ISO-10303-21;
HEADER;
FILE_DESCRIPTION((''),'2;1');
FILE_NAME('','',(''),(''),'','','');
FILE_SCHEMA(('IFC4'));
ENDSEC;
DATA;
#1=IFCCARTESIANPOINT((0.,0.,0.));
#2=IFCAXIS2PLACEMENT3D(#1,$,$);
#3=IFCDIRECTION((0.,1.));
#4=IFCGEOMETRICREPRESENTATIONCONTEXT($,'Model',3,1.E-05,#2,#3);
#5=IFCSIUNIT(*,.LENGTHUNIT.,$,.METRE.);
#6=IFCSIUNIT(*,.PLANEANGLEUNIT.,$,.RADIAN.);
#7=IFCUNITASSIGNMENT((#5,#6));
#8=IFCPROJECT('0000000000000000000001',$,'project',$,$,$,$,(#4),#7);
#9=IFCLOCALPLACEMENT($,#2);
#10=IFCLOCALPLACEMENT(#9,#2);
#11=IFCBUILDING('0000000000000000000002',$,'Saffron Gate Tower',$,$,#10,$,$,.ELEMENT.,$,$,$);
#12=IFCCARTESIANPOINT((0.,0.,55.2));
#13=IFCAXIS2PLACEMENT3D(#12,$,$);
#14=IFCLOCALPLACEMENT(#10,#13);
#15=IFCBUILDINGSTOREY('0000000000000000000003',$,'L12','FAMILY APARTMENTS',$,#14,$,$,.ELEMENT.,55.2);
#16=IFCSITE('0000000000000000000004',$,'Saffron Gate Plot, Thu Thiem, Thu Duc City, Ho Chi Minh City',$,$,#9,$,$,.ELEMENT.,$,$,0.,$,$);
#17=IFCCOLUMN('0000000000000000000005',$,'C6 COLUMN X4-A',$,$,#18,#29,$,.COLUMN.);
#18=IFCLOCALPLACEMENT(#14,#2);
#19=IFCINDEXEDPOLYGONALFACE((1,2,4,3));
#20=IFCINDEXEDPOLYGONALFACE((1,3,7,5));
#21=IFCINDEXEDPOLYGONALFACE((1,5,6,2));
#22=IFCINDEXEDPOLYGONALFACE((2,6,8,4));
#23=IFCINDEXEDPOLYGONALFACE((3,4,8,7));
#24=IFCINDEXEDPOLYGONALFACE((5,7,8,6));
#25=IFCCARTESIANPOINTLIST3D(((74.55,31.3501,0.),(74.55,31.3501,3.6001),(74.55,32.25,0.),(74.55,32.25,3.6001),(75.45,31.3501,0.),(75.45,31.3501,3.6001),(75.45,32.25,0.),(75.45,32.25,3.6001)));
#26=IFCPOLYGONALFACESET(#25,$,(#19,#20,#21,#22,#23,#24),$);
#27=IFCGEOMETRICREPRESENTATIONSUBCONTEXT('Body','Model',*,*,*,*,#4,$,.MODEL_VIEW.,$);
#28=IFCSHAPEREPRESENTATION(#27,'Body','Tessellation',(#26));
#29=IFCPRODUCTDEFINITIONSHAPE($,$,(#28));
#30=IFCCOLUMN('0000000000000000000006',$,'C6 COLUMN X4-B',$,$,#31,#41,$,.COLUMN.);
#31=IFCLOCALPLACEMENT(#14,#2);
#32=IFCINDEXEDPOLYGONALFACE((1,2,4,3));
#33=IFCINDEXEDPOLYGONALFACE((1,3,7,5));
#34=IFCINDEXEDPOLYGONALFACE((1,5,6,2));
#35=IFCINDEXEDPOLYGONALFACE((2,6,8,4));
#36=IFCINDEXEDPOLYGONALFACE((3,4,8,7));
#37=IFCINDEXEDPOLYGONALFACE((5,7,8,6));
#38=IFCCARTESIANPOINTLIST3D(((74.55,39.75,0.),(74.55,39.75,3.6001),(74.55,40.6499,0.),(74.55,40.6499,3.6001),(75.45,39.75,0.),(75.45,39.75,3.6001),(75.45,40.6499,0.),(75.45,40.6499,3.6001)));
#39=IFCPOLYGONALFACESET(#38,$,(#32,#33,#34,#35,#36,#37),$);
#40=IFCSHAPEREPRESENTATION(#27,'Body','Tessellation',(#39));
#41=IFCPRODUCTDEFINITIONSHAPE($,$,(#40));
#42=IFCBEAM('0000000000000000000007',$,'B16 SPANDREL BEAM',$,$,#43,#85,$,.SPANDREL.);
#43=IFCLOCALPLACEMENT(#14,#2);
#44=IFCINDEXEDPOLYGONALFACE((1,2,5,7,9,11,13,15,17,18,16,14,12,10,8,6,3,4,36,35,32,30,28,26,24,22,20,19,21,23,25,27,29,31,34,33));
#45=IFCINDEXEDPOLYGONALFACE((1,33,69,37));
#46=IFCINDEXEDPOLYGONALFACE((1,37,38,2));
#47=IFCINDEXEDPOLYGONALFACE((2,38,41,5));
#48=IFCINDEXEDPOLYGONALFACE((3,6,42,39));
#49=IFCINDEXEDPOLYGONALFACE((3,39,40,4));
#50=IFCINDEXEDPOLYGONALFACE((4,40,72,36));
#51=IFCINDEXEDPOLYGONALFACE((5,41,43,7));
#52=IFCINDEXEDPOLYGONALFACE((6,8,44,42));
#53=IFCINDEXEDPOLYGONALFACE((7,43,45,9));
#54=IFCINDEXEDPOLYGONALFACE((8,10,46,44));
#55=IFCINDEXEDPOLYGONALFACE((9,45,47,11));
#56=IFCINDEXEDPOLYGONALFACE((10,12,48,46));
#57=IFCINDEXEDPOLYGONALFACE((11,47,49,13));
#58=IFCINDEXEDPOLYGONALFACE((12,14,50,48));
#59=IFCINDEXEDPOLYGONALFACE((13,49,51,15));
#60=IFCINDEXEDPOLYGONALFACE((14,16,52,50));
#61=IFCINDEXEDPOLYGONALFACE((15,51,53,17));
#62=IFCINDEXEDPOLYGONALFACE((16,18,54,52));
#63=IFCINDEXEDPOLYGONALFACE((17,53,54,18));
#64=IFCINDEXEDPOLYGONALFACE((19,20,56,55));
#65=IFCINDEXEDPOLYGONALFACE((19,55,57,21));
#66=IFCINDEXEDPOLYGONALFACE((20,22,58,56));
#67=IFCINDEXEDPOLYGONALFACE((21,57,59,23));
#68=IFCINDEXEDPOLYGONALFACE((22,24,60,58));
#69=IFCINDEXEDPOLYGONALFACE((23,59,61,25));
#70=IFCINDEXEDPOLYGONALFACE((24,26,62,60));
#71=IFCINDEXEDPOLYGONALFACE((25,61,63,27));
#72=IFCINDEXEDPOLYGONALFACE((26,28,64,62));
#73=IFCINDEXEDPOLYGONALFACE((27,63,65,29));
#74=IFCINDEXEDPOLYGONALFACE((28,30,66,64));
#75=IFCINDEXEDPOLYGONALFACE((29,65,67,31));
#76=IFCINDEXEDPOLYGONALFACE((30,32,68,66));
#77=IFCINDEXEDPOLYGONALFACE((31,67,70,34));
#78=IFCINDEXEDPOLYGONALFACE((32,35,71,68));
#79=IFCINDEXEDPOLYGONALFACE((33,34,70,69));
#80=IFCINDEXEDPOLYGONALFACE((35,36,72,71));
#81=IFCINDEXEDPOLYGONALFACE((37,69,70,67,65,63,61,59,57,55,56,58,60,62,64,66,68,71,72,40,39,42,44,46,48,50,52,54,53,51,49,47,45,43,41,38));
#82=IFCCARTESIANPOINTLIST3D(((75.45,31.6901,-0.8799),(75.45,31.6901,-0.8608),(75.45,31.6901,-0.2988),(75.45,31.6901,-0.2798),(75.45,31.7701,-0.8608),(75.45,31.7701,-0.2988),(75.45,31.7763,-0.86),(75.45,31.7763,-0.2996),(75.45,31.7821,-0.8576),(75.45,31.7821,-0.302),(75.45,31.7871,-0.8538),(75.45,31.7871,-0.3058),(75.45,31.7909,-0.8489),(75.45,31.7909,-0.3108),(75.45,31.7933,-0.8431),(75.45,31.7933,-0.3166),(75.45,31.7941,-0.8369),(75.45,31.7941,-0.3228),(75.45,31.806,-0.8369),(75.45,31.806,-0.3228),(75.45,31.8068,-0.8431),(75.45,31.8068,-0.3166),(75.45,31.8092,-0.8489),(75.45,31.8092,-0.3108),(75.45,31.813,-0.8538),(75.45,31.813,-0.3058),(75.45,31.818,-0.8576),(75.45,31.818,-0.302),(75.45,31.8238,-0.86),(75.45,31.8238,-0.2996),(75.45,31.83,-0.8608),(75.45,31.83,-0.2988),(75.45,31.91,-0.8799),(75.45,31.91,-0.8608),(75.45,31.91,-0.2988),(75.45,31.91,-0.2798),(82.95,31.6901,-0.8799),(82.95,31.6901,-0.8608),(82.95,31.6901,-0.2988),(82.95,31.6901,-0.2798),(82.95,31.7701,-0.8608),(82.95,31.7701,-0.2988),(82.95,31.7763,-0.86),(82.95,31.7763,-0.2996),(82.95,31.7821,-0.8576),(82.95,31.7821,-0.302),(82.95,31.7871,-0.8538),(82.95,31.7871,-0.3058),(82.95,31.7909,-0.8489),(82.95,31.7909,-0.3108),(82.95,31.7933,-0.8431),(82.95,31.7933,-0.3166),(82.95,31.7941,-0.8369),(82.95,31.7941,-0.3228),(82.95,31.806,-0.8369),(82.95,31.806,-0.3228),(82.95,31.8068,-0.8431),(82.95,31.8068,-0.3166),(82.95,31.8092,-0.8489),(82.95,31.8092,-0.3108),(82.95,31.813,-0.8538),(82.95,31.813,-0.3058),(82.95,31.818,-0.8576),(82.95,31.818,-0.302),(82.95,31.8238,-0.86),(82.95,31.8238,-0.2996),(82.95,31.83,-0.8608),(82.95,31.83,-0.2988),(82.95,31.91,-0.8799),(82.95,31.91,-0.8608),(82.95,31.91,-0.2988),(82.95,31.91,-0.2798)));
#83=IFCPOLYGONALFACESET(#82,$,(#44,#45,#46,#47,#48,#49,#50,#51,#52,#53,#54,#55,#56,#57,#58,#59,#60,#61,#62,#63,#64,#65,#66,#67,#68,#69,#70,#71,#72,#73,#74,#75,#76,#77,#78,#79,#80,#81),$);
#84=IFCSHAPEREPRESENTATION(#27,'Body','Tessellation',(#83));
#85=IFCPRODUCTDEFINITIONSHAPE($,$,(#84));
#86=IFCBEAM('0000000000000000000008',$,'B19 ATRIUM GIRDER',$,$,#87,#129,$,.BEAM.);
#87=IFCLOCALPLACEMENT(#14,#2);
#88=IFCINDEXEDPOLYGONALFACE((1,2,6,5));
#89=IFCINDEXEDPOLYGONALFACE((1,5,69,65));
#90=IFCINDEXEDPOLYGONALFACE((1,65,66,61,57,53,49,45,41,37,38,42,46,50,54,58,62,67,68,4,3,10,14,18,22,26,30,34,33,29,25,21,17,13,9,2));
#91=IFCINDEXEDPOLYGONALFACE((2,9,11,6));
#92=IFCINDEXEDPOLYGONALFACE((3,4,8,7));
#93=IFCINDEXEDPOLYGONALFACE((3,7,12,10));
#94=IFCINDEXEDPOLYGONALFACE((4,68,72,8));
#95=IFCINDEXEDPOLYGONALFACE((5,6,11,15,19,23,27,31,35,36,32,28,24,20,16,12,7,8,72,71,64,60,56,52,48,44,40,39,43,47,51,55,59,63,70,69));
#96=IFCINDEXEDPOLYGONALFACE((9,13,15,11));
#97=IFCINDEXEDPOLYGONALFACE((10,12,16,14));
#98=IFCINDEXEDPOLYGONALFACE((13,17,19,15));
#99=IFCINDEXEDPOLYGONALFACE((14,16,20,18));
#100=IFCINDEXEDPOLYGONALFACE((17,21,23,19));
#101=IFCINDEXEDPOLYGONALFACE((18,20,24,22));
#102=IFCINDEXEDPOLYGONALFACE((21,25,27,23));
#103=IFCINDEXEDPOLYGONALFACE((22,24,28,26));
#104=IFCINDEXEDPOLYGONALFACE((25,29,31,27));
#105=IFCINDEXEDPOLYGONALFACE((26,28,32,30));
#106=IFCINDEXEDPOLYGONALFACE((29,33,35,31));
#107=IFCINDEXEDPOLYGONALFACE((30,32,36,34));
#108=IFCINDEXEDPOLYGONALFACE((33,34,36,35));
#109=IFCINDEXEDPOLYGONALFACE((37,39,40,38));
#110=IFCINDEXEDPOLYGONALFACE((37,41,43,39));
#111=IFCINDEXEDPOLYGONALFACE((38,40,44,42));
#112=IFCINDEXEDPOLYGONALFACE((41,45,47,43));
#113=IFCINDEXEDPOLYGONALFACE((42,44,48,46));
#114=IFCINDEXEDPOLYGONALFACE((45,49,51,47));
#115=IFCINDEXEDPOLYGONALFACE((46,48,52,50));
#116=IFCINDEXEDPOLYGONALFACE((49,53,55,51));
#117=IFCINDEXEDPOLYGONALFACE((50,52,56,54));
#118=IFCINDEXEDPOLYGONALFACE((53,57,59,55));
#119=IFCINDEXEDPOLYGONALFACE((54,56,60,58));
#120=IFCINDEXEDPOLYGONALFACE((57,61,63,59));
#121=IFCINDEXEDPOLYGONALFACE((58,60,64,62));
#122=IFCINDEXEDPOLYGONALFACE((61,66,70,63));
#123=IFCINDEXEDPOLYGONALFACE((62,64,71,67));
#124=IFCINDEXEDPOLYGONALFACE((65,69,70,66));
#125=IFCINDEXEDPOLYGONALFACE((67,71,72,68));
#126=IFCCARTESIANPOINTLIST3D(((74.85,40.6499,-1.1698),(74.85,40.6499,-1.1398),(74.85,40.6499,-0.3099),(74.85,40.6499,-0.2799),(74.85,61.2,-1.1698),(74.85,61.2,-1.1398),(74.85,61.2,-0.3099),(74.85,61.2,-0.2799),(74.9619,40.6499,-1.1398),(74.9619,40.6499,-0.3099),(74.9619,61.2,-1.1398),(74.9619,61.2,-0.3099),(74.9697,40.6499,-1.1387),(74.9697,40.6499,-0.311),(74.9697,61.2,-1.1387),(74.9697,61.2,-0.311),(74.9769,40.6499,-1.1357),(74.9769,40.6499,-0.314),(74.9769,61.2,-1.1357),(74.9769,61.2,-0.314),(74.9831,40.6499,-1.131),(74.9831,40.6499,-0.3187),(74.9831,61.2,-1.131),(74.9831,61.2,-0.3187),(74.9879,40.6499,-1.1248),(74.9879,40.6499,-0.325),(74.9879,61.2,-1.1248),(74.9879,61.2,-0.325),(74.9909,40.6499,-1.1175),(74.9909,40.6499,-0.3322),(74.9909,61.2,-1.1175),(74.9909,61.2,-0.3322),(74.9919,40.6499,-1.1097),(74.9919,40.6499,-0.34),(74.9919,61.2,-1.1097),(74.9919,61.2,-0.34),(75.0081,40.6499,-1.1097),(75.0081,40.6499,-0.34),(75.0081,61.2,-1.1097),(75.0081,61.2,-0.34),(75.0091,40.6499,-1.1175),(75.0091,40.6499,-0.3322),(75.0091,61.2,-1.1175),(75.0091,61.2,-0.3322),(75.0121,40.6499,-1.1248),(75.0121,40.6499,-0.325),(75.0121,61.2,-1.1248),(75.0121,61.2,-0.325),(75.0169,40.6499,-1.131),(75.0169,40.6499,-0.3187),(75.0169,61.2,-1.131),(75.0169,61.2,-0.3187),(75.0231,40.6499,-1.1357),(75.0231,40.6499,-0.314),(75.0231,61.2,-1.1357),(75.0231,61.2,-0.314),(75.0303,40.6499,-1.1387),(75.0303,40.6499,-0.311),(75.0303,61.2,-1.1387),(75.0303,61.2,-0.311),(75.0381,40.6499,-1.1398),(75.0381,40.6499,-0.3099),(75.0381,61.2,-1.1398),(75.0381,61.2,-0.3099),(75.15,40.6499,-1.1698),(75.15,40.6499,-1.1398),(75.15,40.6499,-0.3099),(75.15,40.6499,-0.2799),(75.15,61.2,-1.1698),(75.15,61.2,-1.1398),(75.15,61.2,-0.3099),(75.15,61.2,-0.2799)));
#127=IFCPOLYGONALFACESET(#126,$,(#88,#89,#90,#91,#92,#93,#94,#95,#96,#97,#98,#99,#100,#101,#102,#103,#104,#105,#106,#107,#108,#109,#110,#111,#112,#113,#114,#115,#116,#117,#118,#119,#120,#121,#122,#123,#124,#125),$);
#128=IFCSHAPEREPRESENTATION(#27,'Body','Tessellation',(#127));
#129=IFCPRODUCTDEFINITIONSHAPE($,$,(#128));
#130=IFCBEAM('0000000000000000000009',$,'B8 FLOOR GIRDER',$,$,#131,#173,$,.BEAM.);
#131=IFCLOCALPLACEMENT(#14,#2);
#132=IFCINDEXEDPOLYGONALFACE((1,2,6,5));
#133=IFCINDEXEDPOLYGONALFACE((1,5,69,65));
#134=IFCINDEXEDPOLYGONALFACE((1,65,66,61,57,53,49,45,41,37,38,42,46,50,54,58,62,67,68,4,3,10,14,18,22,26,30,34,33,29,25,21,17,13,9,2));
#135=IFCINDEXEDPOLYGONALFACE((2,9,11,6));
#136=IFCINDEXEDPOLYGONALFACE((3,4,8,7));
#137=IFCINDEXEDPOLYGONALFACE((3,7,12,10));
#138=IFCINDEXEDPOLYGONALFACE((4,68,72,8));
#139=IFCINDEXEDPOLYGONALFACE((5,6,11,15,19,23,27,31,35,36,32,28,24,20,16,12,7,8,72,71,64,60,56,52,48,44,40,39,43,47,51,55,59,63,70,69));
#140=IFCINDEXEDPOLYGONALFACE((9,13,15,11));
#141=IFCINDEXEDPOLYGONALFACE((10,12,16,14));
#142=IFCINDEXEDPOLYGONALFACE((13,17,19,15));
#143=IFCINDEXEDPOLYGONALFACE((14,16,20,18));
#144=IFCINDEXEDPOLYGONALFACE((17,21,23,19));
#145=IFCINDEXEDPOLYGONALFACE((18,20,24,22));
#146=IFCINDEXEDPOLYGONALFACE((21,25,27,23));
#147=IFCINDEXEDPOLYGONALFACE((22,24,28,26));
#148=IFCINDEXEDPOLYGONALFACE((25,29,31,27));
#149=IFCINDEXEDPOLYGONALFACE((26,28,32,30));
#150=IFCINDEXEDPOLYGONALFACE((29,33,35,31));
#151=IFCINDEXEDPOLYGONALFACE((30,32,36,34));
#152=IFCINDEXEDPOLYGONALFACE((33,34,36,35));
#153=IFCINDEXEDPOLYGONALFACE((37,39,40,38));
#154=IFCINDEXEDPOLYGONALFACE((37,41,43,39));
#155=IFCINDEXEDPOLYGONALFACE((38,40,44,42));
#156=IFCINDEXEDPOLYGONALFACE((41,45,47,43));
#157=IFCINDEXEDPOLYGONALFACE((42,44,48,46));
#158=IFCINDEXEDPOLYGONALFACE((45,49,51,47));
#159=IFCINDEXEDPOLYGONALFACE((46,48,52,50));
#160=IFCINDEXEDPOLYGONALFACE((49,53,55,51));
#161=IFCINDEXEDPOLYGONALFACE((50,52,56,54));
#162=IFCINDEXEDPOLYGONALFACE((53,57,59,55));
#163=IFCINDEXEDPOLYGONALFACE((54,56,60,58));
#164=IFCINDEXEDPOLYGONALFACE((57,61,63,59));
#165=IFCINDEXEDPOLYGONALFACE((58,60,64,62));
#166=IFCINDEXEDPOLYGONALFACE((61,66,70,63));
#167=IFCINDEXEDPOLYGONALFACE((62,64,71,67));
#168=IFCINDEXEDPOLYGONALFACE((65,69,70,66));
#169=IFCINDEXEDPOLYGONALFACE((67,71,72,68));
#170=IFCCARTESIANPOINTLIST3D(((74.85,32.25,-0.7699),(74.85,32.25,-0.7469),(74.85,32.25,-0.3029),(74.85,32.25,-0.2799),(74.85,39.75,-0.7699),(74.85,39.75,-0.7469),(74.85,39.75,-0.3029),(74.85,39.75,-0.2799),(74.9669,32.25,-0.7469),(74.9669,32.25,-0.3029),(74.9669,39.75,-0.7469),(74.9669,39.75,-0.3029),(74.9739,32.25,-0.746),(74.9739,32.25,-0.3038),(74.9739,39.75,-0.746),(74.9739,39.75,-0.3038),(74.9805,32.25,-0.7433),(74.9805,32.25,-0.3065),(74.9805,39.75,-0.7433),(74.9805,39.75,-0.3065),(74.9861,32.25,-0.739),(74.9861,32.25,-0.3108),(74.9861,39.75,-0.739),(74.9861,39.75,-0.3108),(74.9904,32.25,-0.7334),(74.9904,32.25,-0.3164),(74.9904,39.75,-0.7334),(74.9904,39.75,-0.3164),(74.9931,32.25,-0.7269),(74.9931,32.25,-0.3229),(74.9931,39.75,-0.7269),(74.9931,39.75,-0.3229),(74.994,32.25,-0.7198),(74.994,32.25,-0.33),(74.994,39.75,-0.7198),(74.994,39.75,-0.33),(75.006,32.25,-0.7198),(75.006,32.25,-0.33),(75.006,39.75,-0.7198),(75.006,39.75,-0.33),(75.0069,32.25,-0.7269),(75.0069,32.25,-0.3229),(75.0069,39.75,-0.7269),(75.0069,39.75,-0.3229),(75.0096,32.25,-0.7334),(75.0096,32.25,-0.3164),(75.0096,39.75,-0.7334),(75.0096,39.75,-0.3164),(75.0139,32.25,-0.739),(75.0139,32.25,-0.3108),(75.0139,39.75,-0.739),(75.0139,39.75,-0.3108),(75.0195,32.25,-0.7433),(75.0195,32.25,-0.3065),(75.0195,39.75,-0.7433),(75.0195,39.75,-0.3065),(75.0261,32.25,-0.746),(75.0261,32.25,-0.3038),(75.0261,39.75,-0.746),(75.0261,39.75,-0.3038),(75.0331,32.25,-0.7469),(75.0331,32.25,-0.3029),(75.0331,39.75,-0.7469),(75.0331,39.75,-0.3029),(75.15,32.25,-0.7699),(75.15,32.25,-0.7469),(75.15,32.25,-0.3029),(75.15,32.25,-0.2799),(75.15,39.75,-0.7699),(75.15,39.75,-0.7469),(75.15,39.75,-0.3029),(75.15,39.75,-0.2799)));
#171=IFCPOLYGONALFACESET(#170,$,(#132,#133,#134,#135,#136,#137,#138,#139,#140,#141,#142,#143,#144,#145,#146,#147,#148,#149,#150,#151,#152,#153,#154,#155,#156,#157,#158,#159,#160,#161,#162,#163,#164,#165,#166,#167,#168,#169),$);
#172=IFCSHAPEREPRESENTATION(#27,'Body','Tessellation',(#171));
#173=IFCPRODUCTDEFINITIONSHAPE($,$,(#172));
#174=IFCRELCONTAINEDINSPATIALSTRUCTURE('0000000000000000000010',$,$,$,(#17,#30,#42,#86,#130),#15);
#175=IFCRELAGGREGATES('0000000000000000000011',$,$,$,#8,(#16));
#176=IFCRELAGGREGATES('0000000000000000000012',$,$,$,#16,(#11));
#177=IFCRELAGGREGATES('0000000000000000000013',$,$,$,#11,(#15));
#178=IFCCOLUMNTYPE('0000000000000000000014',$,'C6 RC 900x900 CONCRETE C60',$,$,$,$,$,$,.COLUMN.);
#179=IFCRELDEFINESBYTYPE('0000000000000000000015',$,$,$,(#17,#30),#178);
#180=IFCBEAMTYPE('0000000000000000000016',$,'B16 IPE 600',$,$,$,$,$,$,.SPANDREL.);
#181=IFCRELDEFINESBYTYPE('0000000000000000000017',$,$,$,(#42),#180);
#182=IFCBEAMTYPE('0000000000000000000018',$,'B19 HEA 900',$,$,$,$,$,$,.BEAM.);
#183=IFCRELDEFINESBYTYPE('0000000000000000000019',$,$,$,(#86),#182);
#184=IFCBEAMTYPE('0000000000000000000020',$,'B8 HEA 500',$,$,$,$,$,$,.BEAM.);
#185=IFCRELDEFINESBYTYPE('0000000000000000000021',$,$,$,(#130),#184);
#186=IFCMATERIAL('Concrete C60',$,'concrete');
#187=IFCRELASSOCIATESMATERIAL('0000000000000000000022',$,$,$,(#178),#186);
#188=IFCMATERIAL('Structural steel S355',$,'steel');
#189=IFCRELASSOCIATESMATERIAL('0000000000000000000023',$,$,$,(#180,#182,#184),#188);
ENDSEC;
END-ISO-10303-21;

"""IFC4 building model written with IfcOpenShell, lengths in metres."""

from ifc_helpers import new_model, si_unit, direction, frame, origin, origin_2d, place, context, subcontext, project, spatial, rectangle, i_section, extrude, material, material_profile, profile_set, type_object, element, save


model = new_model("IFC4")

# Units and contexts
model_context = context("Model", 3, precision=1e-05, world=origin(), true_north=direction((0.0, 1.0)))
body_context = subcontext(model_context, "Body", "Model", "MODEL_VIEW")
ifc_project = project(units=[si_unit("LENGTHUNIT", "METRE"), si_unit("PLANEANGLEUNIT", "RADIAN")], contexts=[model_context])

# Site, building, storey
site_placement = place(None, origin())
site = spatial("IfcSite", under=ifc_project, at=site_placement, Name="Saffron Gate Plot, Thu Thiem, Thu Duc City, Ho Chi Minh City", CompositionType="ELEMENT", RefElevation=0.0)
building_placement = place(site_placement, origin())
building = spatial("IfcBuilding", under=site, at=building_placement, Name="Saffron Gate Tower", CompositionType="ELEMENT")
storey_placement = place(building_placement, frame((0.0, 0.0, 55.2)))
storey = spatial("IfcBuildingStorey", under=building, at=storey_placement, Name="L12", Description="FAMILY APARTMENTS", CompositionType="ELEMENT", Elevation=55.2)

# Columns
ifc_material_1 = material(Name="Concrete C60", Category="concrete")
ifc_material_profile_1 = material_profile(ifc_material_1, rectangle(XDim=0.8999, YDim=0.8999, at=origin_2d()))
ifc_profile_set_1 = profile_set([ifc_material_profile_1], Name="Concrete C60")
column_type = type_object("IfcColumnType", Name="C6 RC 900x900 CONCRETE C60", PredefinedType="COLUMN", material=ifc_profile_set_1)
for number, where, z_axis, x_axis, name in (
    (1, (75.0, 31.8, 0.0), (0.0, 0.0, 1.0), (1.0, 0.0, 0.0), "C6 COLUMN X4-A"),
    (2, (75.0, 40.2, 0.0), (0.0, 0.0, 1.0), (1.0, 0.0, 0.0), "C6 COLUMN X4-B"),
):
    element("IfcColumn", number, at=place(storey_placement, frame(where, z_axis=z_axis, x_axis=x_axis)), inside=storey, type_object=column_type, Name=name, PredefinedType="COLUMN", context=body_context, shape_type="SweptSolid", body=[
        extrude(rectangle(XDim=0.8999, YDim=0.8999, at=origin_2d()), origin(), (0.0, 0.0, 1.0), 3.6001),
    ])

# Beams
ifc_material_2 = material(Name="Structural steel S355", Category="steel")
ifc_material_profile_2 = material_profile(ifc_material_2, i_section(OverallWidth=0.22, OverallDepth=0.6001, WebThickness=0.012, FlangeThickness=0.019, FilletRadius=0.0239, at=origin_2d()))
ifc_profile_set_2 = profile_set([ifc_material_profile_2], Name="Structural steel S355")
beam_type_1 = type_object("IfcBeamType", Name="B16 IPE 600", PredefinedType="SPANDREL", material=ifc_profile_set_2)
beam_1_placement = place(storey_placement, frame((75.45, 31.8, -0.5798), z_axis=(1.0, 0.0, 0.0), x_axis=(0.0, 1.0, 0.0)))
element("IfcBeam", 3, at=beam_1_placement, inside=storey, type_object=beam_type_1, Name="B16 SPANDREL BEAM", PredefinedType="SPANDREL", context=body_context, shape_type="SweptSolid", body=[
    extrude(i_section(OverallWidth=0.22, OverallDepth=0.6001, WebThickness=0.012, FlangeThickness=0.019, FilletRadius=0.0239, at=origin_2d()), origin(), (0.0, 0.0, 1.0), 7.5),
])
ifc_material_profile_3 = material_profile(ifc_material_2, i_section(OverallWidth=0.3, OverallDepth=0.8899, WebThickness=0.0161, FlangeThickness=0.03, FilletRadius=0.03, at=origin_2d()))
ifc_profile_set_3 = profile_set([ifc_material_profile_3], Name="Structural steel S355")
beam_type_2 = type_object("IfcBeamType", Name="B19 HEA 900", PredefinedType="BEAM", material=ifc_profile_set_3)
beam_2_placement = place(storey_placement, frame((75.0, 40.6499, -0.7249), z_axis=(0.0, 1.0, 0.0), x_axis=(-1.0, 0.0, 0.0)))
element("IfcBeam", 4, at=beam_2_placement, inside=storey, type_object=beam_type_2, Name="B19 ATRIUM GIRDER", PredefinedType="BEAM", context=body_context, shape_type="SweptSolid", body=[
    extrude(i_section(OverallWidth=0.3, OverallDepth=0.8899, WebThickness=0.0161, FlangeThickness=0.03, FilletRadius=0.03, at=origin_2d()), origin(), (0.0, 0.0, 1.0), 20.55),
])
ifc_material_profile_4 = material_profile(ifc_material_2, i_section(OverallWidth=0.3, OverallDepth=0.49, WebThickness=0.012, FlangeThickness=0.0229, FilletRadius=0.0271, at=origin_2d()))
ifc_profile_set_4 = profile_set([ifc_material_profile_4], Name="Structural steel S355")
beam_type_3 = type_object("IfcBeamType", Name="B8 HEA 500", PredefinedType="BEAM", material=ifc_profile_set_4)
for number, where, z_axis, x_axis, name in (
    (5, (75.0, 32.25, -0.5249), (0.0, 1.0, 0.0), (-1.0, 0.0, 0.0), "B8 FLOOR GIRDER"),
):
    element("IfcBeam", number, at=place(storey_placement, frame(where, z_axis=z_axis, x_axis=x_axis)), inside=storey, type_object=beam_type_3, Name=name, PredefinedType="BEAM", context=body_context, shape_type="SweptSolid", body=[
        extrude(i_section(OverallWidth=0.3, OverallDepth=0.49, WebThickness=0.012, FlangeThickness=0.0229, FilletRadius=0.0271, at=origin_2d()), origin(), (0.0, 0.0, 1.0), 7.5),
    ])

save(model, "model.ifc")
